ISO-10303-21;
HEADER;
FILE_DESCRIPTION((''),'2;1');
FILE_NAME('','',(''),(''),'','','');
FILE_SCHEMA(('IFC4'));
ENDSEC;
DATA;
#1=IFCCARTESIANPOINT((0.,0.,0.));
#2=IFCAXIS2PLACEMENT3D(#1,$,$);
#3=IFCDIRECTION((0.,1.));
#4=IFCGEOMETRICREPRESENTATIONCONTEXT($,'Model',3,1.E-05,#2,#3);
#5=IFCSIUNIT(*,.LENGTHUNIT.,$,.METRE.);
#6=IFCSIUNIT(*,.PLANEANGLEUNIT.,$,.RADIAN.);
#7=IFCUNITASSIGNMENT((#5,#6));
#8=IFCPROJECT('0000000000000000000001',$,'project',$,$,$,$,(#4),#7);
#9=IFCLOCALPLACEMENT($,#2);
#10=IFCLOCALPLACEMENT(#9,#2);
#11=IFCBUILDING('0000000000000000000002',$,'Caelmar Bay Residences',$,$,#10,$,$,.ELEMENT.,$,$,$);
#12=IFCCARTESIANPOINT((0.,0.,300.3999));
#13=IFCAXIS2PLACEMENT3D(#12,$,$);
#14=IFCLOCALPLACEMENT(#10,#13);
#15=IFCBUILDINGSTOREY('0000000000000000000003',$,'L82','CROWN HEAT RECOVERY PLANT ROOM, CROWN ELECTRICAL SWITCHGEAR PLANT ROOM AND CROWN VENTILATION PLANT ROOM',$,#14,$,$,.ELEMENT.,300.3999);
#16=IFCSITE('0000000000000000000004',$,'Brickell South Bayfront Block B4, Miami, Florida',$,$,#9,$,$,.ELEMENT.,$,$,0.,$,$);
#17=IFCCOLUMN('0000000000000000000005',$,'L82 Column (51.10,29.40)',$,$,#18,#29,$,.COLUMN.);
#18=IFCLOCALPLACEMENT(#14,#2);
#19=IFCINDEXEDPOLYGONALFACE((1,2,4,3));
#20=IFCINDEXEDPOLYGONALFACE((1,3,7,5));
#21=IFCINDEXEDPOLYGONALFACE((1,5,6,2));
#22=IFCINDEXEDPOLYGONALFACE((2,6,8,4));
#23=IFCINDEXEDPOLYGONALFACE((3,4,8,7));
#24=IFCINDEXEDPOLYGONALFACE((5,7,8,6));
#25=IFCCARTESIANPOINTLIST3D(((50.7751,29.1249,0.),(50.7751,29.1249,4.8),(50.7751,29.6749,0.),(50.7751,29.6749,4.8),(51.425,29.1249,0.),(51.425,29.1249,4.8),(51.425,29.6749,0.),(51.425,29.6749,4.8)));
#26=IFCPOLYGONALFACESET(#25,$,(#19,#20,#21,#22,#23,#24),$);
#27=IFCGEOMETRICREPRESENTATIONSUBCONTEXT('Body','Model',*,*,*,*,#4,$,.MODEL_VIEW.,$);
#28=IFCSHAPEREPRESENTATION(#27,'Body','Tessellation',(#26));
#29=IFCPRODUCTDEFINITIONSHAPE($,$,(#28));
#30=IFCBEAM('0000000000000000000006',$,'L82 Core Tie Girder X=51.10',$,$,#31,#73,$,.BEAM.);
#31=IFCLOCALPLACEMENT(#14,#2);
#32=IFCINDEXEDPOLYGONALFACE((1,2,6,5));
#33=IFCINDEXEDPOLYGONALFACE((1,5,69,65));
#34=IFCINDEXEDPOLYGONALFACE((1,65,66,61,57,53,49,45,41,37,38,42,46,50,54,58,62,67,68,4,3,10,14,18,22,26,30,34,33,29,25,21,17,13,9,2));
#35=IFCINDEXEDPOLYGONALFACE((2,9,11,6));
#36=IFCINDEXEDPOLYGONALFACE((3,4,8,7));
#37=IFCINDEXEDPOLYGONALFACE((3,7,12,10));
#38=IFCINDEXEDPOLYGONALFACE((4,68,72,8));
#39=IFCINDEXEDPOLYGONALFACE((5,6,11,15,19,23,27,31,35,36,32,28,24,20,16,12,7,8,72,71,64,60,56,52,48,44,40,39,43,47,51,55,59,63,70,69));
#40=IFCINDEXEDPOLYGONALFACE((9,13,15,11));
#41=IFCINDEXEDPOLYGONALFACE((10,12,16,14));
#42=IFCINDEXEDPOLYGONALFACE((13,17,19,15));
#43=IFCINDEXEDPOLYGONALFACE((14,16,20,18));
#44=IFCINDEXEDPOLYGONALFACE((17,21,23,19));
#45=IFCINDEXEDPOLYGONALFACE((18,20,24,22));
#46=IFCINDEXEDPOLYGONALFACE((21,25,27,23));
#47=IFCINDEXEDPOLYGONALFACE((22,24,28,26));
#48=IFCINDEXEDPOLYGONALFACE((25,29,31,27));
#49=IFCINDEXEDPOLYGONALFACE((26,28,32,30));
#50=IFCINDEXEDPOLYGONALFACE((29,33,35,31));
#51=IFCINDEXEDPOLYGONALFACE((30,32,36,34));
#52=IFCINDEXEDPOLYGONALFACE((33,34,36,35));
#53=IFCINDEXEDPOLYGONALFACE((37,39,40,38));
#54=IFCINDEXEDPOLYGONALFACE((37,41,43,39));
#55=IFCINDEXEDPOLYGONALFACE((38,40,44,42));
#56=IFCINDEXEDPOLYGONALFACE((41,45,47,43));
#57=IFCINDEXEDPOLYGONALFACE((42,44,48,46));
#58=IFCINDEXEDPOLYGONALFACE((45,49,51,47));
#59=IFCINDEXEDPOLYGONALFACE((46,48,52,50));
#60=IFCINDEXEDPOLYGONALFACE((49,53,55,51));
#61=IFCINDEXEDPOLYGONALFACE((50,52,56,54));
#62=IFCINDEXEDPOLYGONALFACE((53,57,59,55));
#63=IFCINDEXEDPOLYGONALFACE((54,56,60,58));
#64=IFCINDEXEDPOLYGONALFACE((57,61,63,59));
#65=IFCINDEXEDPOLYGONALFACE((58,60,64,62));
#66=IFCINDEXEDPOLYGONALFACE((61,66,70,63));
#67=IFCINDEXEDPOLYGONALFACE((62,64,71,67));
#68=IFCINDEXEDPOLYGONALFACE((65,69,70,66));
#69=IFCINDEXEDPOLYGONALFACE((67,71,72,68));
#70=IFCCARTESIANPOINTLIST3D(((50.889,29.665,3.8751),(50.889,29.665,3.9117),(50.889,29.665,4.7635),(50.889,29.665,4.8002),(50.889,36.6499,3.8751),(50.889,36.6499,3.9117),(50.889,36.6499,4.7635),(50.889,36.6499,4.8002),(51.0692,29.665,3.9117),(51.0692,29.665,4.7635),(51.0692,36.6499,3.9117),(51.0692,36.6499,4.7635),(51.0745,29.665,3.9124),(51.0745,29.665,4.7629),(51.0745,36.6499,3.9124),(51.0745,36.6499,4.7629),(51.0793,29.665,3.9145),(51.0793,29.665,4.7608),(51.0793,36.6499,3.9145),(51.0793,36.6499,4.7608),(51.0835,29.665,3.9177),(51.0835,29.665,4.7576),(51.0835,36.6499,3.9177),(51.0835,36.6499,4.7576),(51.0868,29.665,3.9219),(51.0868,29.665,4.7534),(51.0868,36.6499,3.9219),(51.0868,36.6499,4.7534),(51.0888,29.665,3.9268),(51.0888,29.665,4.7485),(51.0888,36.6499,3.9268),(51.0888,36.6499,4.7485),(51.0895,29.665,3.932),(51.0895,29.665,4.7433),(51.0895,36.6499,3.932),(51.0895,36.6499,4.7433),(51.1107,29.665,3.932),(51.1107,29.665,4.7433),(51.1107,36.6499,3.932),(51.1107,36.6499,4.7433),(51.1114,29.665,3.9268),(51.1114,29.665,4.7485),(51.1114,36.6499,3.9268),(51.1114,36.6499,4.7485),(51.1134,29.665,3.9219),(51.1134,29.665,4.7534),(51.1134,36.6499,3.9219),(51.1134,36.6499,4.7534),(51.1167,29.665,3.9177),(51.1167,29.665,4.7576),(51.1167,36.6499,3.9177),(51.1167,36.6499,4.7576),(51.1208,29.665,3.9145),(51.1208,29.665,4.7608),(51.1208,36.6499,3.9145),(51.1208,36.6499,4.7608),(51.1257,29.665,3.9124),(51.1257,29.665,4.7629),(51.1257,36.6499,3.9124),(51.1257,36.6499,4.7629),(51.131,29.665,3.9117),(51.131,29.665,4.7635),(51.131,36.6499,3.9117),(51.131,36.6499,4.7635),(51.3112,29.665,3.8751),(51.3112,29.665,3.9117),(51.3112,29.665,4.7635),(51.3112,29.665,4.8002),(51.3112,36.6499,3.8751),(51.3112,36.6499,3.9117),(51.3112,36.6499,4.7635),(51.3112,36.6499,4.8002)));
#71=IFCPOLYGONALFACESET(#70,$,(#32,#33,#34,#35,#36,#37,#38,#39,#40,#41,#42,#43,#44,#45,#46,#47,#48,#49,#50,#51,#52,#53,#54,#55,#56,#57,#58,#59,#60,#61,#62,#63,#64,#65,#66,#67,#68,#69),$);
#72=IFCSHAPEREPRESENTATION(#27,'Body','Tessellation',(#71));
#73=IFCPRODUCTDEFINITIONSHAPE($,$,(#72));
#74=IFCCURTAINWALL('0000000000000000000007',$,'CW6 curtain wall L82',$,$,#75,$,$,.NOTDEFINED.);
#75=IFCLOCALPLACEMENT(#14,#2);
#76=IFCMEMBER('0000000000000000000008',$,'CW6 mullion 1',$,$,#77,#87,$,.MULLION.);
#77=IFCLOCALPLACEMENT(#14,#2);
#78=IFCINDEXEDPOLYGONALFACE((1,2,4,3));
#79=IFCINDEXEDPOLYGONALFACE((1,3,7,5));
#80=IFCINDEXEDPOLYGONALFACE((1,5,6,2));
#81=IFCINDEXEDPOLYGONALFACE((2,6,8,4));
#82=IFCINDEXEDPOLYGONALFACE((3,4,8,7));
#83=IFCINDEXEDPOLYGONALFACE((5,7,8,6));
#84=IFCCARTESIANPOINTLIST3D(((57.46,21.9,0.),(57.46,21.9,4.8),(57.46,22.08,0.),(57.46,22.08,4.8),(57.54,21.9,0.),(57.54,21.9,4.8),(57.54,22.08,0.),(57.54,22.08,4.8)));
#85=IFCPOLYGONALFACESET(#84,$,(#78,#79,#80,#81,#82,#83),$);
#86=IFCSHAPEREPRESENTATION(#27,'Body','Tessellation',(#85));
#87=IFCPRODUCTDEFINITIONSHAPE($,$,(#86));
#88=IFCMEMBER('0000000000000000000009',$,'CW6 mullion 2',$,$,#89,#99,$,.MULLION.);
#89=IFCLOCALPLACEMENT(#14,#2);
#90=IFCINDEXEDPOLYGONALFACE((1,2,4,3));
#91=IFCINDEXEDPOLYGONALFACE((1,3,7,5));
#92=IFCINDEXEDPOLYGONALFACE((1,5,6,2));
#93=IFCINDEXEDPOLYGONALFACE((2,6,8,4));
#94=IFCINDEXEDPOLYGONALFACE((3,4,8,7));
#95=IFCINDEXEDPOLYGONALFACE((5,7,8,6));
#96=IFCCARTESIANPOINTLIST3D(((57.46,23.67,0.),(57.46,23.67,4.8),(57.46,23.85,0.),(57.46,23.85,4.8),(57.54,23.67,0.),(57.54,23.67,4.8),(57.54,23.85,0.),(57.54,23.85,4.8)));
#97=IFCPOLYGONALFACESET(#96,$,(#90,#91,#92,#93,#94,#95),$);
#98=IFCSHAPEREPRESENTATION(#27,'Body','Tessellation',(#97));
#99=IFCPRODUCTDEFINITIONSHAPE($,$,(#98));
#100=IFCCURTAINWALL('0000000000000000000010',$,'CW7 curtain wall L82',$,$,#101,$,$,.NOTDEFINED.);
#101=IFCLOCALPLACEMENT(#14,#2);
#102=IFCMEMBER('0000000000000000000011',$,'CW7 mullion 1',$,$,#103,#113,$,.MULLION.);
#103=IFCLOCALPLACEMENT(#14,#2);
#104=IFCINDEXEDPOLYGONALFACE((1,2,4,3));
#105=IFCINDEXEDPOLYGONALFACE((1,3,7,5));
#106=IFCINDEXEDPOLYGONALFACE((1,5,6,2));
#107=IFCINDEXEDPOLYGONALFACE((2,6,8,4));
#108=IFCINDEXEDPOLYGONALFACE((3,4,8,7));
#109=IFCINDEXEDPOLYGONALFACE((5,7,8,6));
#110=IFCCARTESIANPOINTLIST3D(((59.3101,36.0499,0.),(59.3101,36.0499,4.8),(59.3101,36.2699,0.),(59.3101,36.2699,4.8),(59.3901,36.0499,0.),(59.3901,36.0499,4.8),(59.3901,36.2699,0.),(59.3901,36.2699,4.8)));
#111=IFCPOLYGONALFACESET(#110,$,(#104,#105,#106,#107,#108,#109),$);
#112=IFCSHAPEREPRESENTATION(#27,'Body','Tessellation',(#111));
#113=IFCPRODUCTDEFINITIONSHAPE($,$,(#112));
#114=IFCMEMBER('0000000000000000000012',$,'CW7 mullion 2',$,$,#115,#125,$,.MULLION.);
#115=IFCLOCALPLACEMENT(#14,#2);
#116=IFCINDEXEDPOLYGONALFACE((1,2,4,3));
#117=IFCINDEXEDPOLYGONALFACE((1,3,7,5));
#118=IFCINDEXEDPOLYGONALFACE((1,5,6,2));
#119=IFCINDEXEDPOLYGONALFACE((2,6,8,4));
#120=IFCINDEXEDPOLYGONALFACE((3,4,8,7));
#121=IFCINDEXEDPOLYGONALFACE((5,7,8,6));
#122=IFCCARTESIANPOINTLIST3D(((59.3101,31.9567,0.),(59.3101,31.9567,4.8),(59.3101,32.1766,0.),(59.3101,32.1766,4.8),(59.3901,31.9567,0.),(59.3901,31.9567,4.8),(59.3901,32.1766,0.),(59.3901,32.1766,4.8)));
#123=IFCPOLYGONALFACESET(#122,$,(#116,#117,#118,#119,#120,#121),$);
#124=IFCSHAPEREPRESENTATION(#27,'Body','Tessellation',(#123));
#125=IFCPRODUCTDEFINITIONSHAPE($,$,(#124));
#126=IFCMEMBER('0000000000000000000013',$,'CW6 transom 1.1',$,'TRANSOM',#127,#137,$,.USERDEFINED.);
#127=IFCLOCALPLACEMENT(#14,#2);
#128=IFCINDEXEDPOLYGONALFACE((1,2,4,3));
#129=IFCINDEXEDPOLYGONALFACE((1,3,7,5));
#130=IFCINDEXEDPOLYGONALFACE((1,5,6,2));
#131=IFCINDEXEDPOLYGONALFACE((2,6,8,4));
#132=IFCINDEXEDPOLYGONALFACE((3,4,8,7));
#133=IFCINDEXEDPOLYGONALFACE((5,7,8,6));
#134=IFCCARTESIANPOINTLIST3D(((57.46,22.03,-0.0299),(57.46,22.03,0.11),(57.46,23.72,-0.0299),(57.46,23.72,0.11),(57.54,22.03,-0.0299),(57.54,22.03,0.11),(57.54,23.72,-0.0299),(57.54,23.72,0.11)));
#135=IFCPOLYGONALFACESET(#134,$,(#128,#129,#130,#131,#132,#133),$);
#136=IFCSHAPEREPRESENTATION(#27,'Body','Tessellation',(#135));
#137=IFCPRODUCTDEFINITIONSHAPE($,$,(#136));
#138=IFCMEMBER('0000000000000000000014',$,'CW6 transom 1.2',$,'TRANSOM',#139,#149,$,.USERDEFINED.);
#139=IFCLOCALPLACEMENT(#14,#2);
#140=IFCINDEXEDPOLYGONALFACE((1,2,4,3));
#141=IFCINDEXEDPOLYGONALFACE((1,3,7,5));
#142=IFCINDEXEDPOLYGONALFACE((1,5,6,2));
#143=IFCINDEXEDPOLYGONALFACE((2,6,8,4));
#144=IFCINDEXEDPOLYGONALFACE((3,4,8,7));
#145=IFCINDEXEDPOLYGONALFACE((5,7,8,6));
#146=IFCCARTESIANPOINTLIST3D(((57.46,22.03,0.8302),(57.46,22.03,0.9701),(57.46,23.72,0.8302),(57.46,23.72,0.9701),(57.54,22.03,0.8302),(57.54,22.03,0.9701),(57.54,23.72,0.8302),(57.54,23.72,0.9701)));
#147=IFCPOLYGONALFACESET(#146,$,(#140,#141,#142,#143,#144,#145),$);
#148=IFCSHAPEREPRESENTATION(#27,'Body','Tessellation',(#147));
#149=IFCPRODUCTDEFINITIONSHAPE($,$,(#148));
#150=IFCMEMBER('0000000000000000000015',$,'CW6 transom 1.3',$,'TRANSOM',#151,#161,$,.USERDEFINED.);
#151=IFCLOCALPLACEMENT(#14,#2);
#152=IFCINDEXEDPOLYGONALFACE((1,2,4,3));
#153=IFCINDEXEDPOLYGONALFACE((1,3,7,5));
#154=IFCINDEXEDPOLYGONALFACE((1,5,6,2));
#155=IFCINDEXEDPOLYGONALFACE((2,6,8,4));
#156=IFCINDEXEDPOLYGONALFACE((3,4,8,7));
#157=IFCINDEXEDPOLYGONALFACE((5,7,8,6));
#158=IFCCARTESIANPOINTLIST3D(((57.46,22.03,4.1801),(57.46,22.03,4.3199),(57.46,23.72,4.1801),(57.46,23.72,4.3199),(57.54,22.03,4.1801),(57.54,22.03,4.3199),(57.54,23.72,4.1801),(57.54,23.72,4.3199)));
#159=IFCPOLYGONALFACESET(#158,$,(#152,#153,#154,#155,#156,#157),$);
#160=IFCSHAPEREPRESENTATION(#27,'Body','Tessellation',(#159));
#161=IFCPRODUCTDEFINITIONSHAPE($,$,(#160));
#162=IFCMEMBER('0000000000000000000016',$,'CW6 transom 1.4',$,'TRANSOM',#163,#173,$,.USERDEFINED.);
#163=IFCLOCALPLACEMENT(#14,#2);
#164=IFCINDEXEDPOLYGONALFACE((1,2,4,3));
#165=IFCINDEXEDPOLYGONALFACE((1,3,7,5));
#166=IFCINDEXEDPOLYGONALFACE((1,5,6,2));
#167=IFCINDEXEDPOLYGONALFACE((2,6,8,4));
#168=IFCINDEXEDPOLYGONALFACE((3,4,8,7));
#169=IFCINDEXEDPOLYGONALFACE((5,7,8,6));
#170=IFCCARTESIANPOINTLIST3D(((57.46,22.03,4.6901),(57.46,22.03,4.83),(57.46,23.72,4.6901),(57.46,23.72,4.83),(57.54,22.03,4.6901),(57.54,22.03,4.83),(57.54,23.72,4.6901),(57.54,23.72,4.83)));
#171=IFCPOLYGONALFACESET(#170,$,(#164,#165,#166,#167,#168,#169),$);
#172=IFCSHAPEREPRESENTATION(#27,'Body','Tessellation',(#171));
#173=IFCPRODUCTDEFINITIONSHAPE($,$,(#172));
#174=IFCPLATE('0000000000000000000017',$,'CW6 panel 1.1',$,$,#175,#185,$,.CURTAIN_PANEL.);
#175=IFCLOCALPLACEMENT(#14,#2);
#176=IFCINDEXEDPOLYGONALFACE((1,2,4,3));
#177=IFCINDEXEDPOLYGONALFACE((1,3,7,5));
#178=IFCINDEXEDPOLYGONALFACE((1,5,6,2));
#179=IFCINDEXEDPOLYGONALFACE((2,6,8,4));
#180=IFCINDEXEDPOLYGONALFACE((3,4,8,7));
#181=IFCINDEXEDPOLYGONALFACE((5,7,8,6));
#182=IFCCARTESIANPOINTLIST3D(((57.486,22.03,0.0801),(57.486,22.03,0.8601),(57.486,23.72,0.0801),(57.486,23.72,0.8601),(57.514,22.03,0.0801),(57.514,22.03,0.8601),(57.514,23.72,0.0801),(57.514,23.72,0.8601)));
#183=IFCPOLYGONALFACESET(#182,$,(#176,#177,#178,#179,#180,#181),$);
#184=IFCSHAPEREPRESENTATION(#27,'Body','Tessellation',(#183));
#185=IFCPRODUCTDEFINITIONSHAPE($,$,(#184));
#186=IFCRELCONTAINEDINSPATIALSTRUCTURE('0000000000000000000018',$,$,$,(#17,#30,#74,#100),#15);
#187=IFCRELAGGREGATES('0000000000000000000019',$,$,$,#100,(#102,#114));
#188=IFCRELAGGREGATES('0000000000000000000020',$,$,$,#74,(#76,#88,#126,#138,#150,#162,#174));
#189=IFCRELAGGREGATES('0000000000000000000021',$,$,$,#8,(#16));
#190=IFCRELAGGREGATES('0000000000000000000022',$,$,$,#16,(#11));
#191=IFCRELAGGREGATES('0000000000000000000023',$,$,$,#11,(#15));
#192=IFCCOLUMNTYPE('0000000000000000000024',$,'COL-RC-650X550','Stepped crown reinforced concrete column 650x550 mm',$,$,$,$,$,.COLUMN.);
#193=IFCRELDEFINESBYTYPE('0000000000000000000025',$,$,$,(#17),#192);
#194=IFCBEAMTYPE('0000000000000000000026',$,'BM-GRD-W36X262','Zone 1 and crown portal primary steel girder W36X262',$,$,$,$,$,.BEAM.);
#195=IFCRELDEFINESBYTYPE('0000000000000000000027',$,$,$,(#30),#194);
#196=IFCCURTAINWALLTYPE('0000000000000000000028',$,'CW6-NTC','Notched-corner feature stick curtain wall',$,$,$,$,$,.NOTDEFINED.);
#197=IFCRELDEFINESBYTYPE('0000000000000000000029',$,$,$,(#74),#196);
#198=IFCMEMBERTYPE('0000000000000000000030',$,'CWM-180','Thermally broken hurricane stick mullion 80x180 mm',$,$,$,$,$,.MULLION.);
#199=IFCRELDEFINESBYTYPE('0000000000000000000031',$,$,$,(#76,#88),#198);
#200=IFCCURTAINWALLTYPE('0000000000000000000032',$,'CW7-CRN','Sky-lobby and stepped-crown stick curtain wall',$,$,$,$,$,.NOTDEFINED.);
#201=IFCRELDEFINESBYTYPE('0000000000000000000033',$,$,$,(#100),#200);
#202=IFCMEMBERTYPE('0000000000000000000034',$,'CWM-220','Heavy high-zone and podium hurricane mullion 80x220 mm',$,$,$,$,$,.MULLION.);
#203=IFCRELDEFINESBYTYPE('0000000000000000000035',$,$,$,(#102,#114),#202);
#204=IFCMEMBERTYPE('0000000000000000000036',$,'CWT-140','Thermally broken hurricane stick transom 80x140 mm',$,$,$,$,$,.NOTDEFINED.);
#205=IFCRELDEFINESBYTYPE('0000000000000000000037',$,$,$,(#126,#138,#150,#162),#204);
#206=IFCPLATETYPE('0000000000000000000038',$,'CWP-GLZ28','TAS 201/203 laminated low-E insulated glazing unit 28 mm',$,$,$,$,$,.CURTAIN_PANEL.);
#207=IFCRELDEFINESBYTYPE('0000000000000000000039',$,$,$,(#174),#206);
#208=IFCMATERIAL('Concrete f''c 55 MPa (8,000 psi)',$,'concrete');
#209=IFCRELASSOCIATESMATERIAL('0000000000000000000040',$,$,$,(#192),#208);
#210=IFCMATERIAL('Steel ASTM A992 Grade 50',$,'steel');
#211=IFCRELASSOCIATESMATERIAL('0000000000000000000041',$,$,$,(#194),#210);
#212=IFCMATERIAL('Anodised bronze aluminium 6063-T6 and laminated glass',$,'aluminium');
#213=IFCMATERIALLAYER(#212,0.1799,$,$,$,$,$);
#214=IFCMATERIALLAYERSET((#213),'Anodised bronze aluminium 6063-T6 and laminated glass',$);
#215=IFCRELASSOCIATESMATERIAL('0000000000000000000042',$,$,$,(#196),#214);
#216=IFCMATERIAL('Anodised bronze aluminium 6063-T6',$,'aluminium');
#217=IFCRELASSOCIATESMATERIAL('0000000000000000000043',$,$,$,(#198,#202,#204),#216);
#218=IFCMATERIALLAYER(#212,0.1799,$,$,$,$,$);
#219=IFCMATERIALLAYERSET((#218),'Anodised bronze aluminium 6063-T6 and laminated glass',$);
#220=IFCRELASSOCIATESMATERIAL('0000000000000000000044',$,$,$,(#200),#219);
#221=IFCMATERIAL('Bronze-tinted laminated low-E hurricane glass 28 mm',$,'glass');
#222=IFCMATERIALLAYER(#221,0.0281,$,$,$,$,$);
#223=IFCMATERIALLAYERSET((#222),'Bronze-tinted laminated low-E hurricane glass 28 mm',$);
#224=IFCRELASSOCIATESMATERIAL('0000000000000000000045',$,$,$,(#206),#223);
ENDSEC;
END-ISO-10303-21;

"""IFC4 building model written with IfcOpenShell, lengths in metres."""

from ifc_helpers import new_model, si_unit, direction, frame, origin, origin_2d, place, context, subcontext, project, spatial, rectangle, i_section, extrude, material, layer, layer_set, material_profile, profile_set, type_object, element, aggregate, save


model = new_model("IFC4")

# Units and contexts
model_context = context("Model", 3, precision=1e-05, world=origin(), true_north=direction((0.0, 1.0)))
body_context = subcontext(model_context, "Body", "Model", "MODEL_VIEW")
ifc_project = project(units=[si_unit("LENGTHUNIT", "METRE"), si_unit("PLANEANGLEUNIT", "RADIAN")], contexts=[model_context])

# Site, building, storey
site_placement = place(None, origin())
site = spatial("IfcSite", under=ifc_project, at=site_placement, Name="Brickell South Bayfront Block B4, Miami, Florida", CompositionType="ELEMENT", RefElevation=0.0)
building_placement = place(site_placement, origin())
building = spatial("IfcBuilding", under=site, at=building_placement, Name="Caelmar Bay Residences", CompositionType="ELEMENT")
storey_placement = place(building_placement, frame((0.0, 0.0, 300.3999)))
storey = spatial("IfcBuildingStorey", under=building, at=storey_placement, Name="L82", Description="CROWN HEAT RECOVERY PLANT ROOM, CROWN ELECTRICAL SWITCHGEAR PLANT ROOM AND CROWN VENTILATION PLANT ROOM", CompositionType="ELEMENT", Elevation=300.3999)

# Column
ifc_material_1 = material(Name="Concrete f'c 55 MPa (8,000 psi)", Category="concrete")
ifc_material_profile_1 = material_profile(ifc_material_1, rectangle(XDim=0.6499, YDim=0.55, at=origin_2d()), Name="RC-COL-650X550")
ifc_profile_set_1 = profile_set([ifc_material_profile_1], Name="Concrete f'c 55 MPa (8,000 psi)")
column_type = type_object("IfcColumnType", Name="COL-RC-650X550", Description="Stepped crown reinforced concrete column 650x550 mm", PredefinedType="COLUMN", material=ifc_profile_set_1)
column_placement = place(storey_placement, frame((51.1001, 29.3999, 0.0), z_axis=(0.0, 0.0, 1.0), x_axis=(1.0, 0.0, 0.0)))
element("IfcColumn", 1, at=column_placement, inside=storey, type_object=column_type, Name="L82 Column (51.10,29.40)", PredefinedType="COLUMN", context=body_context, shape_type="SweptSolid", body=[
    extrude(rectangle(XDim=0.6499, YDim=0.55, at=origin_2d()), origin(), (0.0, 0.0, 1.0), 4.8),
])

# Beam
ifc_material_2 = material(Name="Steel ASTM A992 Grade 50", Category="steel")
ifc_material_profile_2 = material_profile(ifc_material_2, i_section(OverallWidth=0.4221, OverallDepth=0.925, WebThickness=0.0212, FlangeThickness=0.0366, FilletRadius=0.0203, at=origin_2d()), Name="W36X262")
ifc_profile_set_2 = profile_set([ifc_material_profile_2], Name="Steel ASTM A992 Grade 50")
beam_type = type_object("IfcBeamType", Name="BM-GRD-W36X262", Description="Zone 1 and crown portal primary steel girder W36X262", PredefinedType="BEAM", material=ifc_profile_set_2)
beam_placement = place(storey_placement, frame((51.1001, 29.665, 4.3376), z_axis=(0.0, 1.0, 0.0), x_axis=(-1.0, 0.0, 0.0)))
element("IfcBeam", 2, at=beam_placement, inside=storey, type_object=beam_type, Name="L82 Core Tie Girder X=51.10", PredefinedType="BEAM", context=body_context, shape_type="SweptSolid", body=[
    extrude(i_section(OverallWidth=0.4221, OverallDepth=0.925, WebThickness=0.0212, FlangeThickness=0.0366, FilletRadius=0.0203, at=origin_2d()), origin(), (0.0, 0.0, 1.0), 6.9849),
])

# Curtain walls, members
ifc_material_3 = material(Name="Anodised bronze aluminium 6063-T6 and laminated glass", Category="aluminium")
ifc_layer_1 = layer(ifc_material_3, 0.1799)
ifc_layer_set_1 = layer_set([ifc_layer_1], Name="Anodised bronze aluminium 6063-T6 and laminated glass")
curtain_wall_type_1 = type_object("IfcCurtainWallType", Name="CW6-NTC", Description="Notched-corner feature stick curtain wall", PredefinedType="NOTDEFINED", material=ifc_layer_set_1)
curtain_wall_1_placement = place(storey_placement, origin())
curtain_wall_1 = element("IfcCurtainWall", 3, at=curtain_wall_1_placement, inside=storey, type_object=curtain_wall_type_1, Name="CW6 curtain wall L82", PredefinedType="NOTDEFINED")
ifc_material_4 = material(Name="Anodised bronze aluminium 6063-T6", Category="aluminium")
ifc_material_profile_3 = material_profile(ifc_material_4, rectangle(XDim=0.0801, YDim=0.1799, at=origin_2d()), Name="CWM-80X180")
ifc_profile_set_3 = profile_set([ifc_material_profile_3], Name="Anodised bronze aluminium 6063-T6")
member_type_1 = type_object("IfcMemberType", Name="CWM-180", Description="Thermally broken hurricane stick mullion 80x180 mm", PredefinedType="MULLION", material=ifc_profile_set_3)
member_1_placement = place(storey_placement, frame((57.5, 21.99, 0.0), z_axis=(0.0, 0.0, 1.0), x_axis=(-1.0, 0.0, 0.0)))
member_1 = element("IfcMember", 4, at=member_1_placement, type_object=member_type_1, Name="CW6 mullion 1", PredefinedType="MULLION", context=body_context, shape_type="SweptSolid", body=[
    extrude(rectangle(XDim=0.0801, YDim=0.1799, at=origin_2d()), origin(), (0.0, 0.0, 1.0), 4.8),
])
member_2_placement = place(storey_placement, frame((57.5, 23.76, 0.0), z_axis=(0.0, 0.0, 1.0), x_axis=(-1.0, 0.0, 0.0)))
member_2 = element("IfcMember", 5, at=member_2_placement, type_object=member_type_1, Name="CW6 mullion 2", PredefinedType="MULLION", context=body_context, shape_type="SweptSolid", body=[
    extrude(rectangle(XDim=0.0801, YDim=0.1799, at=origin_2d()), origin(), (0.0, 0.0, 1.0), 4.8),
])
ifc_layer_2 = layer(ifc_material_3, 0.1799)
ifc_layer_set_2 = layer_set([ifc_layer_2], Name="Anodised bronze aluminium 6063-T6 and laminated glass")
curtain_wall_type_2 = type_object("IfcCurtainWallType", Name="CW7-CRN", Description="Sky-lobby and stepped-crown stick curtain wall", PredefinedType="NOTDEFINED", material=ifc_layer_set_2)
curtain_wall_2_placement = place(storey_placement, origin())
curtain_wall_2 = element("IfcCurtainWall", 6, at=curtain_wall_2_placement, inside=storey, type_object=curtain_wall_type_2, Name="CW7 curtain wall L82", PredefinedType="NOTDEFINED")
ifc_material_profile_4 = material_profile(ifc_material_4, rectangle(XDim=0.0801, YDim=0.22, at=origin_2d()), Name="CWM-80X220")
ifc_profile_set_4 = profile_set([ifc_material_profile_4], Name="Anodised bronze aluminium 6063-T6")
member_type_2 = type_object("IfcMemberType", Name="CWM-220", Description="Heavy high-zone and podium hurricane mullion 80x220 mm", PredefinedType="MULLION", material=ifc_profile_set_4)
member_3_placement = place(storey_placement, frame((59.3501, 36.1599, 0.0), z_axis=(0.0, 0.0, 1.0), x_axis=(1.0, 0.0, 0.0)))
member_3 = element("IfcMember", 7, at=member_3_placement, type_object=member_type_2, Name="CW7 mullion 1", PredefinedType="MULLION", context=body_context, shape_type="SweptSolid", body=[
    extrude(rectangle(XDim=0.0801, YDim=0.22, at=origin_2d()), origin(), (0.0, 0.0, 1.0), 4.8),
])
member_4_placement = place(storey_placement, frame((59.3501, 32.0667, 0.0), z_axis=(0.0, 0.0, 1.0), x_axis=(1.0, 0.0, 0.0)))
member_4 = element("IfcMember", 8, at=member_4_placement, type_object=member_type_2, Name="CW7 mullion 2", PredefinedType="MULLION", context=body_context, shape_type="SweptSolid", body=[
    extrude(rectangle(XDim=0.0801, YDim=0.22, at=origin_2d()), origin(), (0.0, 0.0, 1.0), 4.8),
])
aggregate(curtain_wall_2, [member_3, member_4])

# Members
ifc_material_profile_5 = material_profile(ifc_material_4, rectangle(XDim=0.0801, YDim=0.1399, at=origin_2d()), Name="CWT-80X140")
ifc_profile_set_5 = profile_set([ifc_material_profile_5], Name="Anodised bronze aluminium 6063-T6")
member_type_3 = type_object("IfcMemberType", Name="CWT-140", Description="Thermally broken hurricane stick transom 80x140 mm", PredefinedType="NOTDEFINED", material=ifc_profile_set_5)
member_5_placement = place(storey_placement, frame((57.5, 22.03, 0.04), z_axis=(0.0, 1.0, 0.0), x_axis=(-1.0, 0.0, 0.0)))
member_5 = element("IfcMember", 9, at=member_5_placement, type_object=member_type_3, Name="CW6 transom 1.1", ObjectType="TRANSOM", PredefinedType="USERDEFINED", context=body_context, shape_type="SweptSolid", body=[
    extrude(rectangle(XDim=0.0801, YDim=0.1399, at=origin_2d()), origin(), (0.0, 0.0, 1.0), 1.6899),
])
member_6_placement = place(storey_placement, frame((57.5, 22.03, 0.9001), z_axis=(0.0, 1.0, 0.0), x_axis=(-1.0, 0.0, 0.0)))
member_6 = element("IfcMember", 10, at=member_6_placement, type_object=member_type_3, Name="CW6 transom 1.2", ObjectType="TRANSOM", PredefinedType="USERDEFINED", context=body_context, shape_type="SweptSolid", body=[
    extrude(rectangle(XDim=0.0801, YDim=0.1399, at=origin_2d()), origin(), (0.0, 0.0, 1.0), 1.6899),
])
member_7_placement = place(storey_placement, frame((57.5, 22.03, 4.25), z_axis=(0.0, 1.0, 0.0), x_axis=(-1.0, 0.0, 0.0)))
member_7 = element("IfcMember", 11, at=member_7_placement, type_object=member_type_3, Name="CW6 transom 1.3", ObjectType="TRANSOM", PredefinedType="USERDEFINED", context=body_context, shape_type="SweptSolid", body=[
    extrude(rectangle(XDim=0.0801, YDim=0.1399, at=origin_2d()), origin(), (0.0, 0.0, 1.0), 1.6899),
])
member_8_placement = place(storey_placement, frame((57.5, 22.03, 4.76), z_axis=(0.0, 1.0, 0.0), x_axis=(-1.0, 0.0, 0.0)))
member_8 = element("IfcMember", 12, at=member_8_placement, type_object=member_type_3, Name="CW6 transom 1.4", ObjectType="TRANSOM", PredefinedType="USERDEFINED", context=body_context, shape_type="SweptSolid", body=[
    extrude(rectangle(XDim=0.0801, YDim=0.1399, at=origin_2d()), origin(), (0.0, 0.0, 1.0), 1.6899),
])

# Plate
ifc_material_5 = material(Name="Bronze-tinted laminated low-E hurricane glass 28 mm", Category="glass")
ifc_layer_3 = layer(ifc_material_5, 0.0281)
ifc_layer_set_3 = layer_set([ifc_layer_3], Name="Bronze-tinted laminated low-E hurricane glass 28 mm")
plate_type = type_object("IfcPlateType", Name="CWP-GLZ28", Description="TAS 201/203 laminated low-E insulated glazing unit 28 mm", PredefinedType="CURTAIN_PANEL", material=ifc_layer_set_3)
plate_1_placement = place(storey_placement, frame((57.5, 22.875, 0.0801), z_axis=(0.0, 0.0, 1.0), x_axis=(0.0, 1.0, 0.0)))
plate_1 = element("IfcPlate", 13, at=plate_1_placement, type_object=plate_type, Name="CW6 panel 1.1", PredefinedType="CURTAIN_PANEL", context=body_context, shape_type="SweptSolid", body=[
    extrude(rectangle(XDim=1.6899, YDim=0.0281, at=origin_2d()), origin(), (0.0, 0.0, 1.0), 0.78),
])
aggregate(curtain_wall_1, [member_1, member_2, member_5, member_6, member_7, member_8, plate_1])

save(model, "model.ifc")
